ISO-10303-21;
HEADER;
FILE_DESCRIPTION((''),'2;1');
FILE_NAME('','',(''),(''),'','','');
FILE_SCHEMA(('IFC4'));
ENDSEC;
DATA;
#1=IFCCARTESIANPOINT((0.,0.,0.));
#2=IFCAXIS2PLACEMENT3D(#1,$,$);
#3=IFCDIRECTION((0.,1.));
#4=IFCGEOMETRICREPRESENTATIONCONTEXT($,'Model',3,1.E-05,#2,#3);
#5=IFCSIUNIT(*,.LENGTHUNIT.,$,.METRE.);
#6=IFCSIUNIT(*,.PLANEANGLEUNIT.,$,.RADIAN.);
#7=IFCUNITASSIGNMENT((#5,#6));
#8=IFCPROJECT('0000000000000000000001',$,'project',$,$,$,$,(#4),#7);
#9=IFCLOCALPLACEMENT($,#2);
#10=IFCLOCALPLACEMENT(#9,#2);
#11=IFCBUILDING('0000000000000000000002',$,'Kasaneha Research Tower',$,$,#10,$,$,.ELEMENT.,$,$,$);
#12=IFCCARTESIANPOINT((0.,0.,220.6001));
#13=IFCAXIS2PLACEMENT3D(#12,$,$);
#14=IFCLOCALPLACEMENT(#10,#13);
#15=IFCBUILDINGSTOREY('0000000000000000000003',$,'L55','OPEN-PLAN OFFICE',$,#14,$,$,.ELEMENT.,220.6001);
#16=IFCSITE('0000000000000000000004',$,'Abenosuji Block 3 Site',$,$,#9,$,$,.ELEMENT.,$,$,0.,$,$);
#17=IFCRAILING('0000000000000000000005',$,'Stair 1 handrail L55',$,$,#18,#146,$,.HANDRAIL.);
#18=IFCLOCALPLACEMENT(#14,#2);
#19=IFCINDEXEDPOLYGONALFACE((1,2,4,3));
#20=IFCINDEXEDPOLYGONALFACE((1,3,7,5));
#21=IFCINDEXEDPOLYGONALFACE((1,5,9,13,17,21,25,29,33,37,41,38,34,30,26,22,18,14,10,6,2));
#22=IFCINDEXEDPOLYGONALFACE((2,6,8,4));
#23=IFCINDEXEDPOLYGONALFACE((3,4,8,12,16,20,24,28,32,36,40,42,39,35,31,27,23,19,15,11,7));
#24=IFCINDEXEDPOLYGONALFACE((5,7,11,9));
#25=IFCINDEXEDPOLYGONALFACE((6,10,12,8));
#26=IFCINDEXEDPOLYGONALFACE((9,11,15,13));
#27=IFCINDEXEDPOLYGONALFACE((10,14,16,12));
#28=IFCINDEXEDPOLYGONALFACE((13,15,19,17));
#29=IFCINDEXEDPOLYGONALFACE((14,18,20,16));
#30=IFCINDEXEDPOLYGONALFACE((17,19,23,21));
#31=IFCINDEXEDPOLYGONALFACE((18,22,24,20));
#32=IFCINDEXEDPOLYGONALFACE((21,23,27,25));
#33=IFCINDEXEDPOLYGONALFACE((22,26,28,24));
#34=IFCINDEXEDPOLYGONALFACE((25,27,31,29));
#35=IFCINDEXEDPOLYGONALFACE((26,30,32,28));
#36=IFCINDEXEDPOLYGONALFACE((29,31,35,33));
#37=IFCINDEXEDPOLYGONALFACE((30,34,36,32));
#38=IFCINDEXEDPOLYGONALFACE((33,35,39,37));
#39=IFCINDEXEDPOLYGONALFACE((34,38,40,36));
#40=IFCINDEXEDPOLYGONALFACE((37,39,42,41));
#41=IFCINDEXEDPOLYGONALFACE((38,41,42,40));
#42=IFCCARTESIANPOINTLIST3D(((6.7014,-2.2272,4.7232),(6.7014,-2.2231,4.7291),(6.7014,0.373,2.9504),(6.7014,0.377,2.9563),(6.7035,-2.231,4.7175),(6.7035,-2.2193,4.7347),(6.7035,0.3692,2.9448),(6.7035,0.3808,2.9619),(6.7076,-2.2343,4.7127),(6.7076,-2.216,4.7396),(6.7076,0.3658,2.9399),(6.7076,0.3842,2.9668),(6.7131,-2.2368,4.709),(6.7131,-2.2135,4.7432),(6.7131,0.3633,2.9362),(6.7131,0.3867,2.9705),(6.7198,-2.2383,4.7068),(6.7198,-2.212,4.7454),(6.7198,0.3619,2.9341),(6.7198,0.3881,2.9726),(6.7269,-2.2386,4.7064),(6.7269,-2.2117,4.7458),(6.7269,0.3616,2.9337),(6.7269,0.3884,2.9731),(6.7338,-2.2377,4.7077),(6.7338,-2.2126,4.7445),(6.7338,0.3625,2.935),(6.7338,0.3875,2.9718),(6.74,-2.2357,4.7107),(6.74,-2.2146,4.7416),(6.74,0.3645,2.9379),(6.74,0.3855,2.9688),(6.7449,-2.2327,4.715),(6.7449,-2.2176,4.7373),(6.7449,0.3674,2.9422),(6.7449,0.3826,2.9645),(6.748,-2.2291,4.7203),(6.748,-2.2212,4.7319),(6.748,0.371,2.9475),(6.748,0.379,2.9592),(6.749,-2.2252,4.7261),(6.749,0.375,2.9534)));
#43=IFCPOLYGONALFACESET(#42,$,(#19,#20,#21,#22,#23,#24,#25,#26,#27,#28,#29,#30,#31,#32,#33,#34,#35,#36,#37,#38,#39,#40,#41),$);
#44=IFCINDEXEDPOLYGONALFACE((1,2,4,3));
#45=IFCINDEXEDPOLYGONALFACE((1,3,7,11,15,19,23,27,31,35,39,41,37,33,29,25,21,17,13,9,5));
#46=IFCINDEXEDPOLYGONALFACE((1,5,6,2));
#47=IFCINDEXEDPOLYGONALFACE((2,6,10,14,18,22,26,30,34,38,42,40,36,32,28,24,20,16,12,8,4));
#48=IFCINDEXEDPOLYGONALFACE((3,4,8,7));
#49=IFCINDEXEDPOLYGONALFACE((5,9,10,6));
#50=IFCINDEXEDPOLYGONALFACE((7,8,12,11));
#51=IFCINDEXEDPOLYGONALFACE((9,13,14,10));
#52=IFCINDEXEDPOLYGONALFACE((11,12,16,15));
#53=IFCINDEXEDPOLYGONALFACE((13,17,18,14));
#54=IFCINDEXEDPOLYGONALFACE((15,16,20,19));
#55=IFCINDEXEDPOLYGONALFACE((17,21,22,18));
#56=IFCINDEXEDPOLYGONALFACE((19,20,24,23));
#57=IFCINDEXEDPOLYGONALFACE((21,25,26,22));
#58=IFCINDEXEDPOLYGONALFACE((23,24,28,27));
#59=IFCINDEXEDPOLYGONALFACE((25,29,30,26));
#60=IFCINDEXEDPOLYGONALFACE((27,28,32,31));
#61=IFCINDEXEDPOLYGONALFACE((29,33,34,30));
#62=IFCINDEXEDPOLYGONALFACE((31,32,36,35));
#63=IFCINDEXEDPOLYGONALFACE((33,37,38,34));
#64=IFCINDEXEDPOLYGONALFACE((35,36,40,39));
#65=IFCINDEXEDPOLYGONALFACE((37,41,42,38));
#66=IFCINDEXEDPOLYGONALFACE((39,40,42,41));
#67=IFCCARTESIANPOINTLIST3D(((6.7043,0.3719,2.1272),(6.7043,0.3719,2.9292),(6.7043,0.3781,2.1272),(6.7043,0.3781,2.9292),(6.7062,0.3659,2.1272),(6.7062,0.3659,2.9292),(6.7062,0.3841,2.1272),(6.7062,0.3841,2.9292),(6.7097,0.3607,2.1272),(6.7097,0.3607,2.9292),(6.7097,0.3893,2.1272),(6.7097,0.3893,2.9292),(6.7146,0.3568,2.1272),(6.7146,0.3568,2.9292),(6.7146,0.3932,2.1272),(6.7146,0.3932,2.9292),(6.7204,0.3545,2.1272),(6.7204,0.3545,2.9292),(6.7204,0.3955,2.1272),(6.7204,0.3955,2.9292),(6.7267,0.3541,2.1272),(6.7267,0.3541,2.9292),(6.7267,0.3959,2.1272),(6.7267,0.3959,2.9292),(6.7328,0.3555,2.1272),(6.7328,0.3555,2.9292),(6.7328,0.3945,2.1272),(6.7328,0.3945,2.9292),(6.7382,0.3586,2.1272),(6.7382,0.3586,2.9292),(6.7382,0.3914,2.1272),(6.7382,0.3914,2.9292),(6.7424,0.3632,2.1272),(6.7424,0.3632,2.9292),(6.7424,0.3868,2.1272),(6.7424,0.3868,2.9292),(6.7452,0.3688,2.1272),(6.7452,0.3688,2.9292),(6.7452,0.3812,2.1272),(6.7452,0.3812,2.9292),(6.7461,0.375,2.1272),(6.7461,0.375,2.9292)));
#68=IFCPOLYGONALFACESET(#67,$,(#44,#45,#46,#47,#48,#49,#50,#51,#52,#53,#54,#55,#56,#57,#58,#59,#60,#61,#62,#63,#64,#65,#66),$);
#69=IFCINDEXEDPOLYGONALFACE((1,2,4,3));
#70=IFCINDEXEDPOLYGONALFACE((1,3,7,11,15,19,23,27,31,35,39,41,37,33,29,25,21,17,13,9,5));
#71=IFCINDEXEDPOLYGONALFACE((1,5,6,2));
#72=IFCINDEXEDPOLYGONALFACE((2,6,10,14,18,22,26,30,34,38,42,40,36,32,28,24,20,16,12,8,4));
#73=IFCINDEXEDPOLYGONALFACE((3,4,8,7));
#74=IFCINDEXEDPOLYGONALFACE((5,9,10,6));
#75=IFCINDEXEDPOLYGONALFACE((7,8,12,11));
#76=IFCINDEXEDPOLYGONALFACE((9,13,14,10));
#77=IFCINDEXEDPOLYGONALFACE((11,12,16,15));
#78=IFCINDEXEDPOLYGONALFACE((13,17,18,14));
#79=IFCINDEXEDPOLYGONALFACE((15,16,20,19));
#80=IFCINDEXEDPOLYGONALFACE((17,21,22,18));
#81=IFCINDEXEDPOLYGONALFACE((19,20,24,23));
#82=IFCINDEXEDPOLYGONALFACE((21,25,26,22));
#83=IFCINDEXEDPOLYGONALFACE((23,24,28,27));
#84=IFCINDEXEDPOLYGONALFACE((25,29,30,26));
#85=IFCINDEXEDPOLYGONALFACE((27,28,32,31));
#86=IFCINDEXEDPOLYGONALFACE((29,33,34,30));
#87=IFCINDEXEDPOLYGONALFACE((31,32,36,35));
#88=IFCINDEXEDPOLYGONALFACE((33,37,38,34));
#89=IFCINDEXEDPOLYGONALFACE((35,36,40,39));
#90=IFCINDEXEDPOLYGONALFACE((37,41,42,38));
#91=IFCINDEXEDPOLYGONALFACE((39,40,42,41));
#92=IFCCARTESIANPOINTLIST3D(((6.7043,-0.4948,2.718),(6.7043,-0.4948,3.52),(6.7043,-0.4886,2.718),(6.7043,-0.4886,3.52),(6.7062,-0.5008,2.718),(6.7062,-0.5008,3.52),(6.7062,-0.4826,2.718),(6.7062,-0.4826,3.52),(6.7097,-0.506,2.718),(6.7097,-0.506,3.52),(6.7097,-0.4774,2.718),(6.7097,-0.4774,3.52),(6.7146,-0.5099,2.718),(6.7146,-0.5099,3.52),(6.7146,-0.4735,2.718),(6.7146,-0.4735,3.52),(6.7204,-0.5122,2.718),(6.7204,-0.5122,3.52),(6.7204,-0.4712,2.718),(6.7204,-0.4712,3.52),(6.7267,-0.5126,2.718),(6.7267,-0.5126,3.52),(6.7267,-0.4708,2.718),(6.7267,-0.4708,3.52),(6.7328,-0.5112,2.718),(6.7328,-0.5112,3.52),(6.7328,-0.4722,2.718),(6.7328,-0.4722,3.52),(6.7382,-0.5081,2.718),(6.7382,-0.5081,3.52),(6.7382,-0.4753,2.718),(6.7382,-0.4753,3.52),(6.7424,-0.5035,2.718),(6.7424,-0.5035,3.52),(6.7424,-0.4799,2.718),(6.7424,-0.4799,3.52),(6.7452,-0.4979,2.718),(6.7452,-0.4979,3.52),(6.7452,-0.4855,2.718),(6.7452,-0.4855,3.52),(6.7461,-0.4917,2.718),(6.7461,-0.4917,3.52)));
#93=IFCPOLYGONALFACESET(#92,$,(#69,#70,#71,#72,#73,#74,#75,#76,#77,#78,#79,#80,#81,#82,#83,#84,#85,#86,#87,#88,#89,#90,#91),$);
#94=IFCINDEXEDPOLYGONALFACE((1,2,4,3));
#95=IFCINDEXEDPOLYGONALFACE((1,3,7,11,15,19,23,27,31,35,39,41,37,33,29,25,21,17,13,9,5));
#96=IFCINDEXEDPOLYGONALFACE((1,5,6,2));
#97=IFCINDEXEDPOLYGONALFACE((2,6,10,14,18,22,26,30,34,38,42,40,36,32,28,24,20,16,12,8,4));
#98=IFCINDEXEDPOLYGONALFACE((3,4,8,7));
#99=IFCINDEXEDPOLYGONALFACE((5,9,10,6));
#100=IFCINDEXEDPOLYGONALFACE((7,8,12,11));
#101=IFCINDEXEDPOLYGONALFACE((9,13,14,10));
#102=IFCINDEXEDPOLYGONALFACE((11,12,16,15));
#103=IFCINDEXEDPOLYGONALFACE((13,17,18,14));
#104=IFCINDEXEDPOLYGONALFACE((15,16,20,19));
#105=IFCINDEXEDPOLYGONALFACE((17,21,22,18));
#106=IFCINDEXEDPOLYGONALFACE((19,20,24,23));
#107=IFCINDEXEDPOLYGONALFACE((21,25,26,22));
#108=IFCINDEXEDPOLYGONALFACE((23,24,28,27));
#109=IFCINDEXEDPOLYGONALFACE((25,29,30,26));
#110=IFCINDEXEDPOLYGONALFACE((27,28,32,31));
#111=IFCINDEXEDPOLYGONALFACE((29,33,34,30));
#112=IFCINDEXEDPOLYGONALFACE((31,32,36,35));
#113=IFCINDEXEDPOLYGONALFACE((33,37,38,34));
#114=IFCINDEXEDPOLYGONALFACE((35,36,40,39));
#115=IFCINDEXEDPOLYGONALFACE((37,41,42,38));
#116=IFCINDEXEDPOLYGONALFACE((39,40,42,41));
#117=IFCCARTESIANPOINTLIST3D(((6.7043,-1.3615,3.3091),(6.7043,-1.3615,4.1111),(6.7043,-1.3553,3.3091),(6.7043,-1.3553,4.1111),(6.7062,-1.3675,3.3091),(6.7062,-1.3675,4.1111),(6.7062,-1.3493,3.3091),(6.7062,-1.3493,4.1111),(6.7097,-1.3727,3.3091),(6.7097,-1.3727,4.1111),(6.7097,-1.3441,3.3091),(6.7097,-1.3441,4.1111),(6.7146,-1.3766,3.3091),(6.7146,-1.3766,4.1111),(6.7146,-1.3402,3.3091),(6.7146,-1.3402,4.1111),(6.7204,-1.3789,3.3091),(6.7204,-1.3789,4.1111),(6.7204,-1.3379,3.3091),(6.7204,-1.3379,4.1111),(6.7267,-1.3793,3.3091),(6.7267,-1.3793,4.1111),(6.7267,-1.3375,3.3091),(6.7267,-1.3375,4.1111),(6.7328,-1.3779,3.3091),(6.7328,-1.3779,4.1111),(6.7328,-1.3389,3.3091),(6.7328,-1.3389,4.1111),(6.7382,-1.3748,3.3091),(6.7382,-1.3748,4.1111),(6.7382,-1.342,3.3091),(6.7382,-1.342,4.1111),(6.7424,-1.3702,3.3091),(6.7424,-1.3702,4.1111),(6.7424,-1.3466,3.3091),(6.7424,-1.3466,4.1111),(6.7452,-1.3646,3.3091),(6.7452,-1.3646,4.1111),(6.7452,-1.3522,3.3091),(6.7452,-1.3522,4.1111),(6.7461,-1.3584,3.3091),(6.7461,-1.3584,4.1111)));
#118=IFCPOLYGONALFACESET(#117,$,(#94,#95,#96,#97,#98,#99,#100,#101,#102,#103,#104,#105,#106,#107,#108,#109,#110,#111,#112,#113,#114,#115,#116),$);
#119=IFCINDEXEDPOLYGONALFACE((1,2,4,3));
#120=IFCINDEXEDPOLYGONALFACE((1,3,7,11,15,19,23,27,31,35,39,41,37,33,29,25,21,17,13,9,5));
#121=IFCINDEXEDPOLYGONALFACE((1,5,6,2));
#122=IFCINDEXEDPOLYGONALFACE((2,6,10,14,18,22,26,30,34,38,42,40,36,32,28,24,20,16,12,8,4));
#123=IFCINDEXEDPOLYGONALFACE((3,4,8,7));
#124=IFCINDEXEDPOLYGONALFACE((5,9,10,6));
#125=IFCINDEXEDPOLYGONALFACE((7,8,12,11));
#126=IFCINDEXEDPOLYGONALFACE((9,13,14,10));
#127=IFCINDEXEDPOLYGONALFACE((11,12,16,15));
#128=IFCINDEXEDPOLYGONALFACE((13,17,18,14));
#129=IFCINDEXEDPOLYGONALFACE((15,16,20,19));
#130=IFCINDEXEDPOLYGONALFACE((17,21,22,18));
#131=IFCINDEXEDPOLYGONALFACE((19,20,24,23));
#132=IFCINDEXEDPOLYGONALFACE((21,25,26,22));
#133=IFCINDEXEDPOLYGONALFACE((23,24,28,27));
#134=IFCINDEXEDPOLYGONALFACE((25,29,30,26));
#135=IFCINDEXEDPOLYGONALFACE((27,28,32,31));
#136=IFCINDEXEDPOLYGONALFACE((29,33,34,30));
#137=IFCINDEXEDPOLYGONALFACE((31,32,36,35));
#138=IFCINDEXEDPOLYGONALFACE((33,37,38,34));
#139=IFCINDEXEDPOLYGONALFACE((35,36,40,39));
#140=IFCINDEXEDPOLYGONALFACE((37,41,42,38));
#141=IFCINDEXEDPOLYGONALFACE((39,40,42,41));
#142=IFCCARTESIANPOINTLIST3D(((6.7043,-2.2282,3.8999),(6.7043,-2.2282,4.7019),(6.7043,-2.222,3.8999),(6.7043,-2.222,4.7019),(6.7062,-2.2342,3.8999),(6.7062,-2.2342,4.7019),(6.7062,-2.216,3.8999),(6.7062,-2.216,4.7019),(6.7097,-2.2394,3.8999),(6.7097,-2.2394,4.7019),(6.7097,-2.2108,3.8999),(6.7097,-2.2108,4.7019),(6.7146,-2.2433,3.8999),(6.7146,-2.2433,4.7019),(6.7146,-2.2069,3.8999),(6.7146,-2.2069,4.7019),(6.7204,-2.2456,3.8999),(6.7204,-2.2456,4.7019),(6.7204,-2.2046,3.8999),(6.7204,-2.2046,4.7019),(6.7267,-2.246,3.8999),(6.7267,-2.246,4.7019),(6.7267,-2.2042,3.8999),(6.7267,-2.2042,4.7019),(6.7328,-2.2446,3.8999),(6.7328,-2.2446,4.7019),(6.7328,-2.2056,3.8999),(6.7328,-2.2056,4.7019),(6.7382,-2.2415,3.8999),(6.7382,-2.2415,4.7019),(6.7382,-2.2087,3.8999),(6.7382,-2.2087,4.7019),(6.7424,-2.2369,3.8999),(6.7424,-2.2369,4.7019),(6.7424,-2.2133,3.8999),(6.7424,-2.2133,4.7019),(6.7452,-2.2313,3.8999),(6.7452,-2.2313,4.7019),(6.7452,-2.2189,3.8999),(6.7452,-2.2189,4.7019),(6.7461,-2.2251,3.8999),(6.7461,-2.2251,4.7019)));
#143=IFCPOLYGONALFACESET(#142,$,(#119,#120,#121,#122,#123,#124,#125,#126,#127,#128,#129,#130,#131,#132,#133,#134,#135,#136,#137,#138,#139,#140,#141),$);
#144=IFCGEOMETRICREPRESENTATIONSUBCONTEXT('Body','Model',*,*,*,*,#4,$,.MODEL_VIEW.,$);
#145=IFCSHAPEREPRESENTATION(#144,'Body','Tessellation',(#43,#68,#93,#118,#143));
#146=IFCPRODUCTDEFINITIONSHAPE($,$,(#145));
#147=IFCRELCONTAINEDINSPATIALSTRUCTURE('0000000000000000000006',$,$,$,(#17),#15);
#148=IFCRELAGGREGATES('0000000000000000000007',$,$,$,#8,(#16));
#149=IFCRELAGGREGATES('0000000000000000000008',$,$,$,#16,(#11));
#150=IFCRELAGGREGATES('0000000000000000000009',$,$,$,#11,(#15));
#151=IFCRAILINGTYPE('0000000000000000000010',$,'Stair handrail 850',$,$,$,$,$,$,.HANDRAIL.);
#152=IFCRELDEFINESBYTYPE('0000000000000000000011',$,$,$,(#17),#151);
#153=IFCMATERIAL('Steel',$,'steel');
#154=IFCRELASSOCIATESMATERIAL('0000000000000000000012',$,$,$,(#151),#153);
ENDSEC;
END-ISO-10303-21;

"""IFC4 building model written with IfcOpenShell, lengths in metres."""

from ifc_helpers import new_model, si_unit, direction, frame, origin, origin_2d, place, context, subcontext, project, spatial, circle, extrude, material, type_object, element, save


model = new_model("IFC4")

# Units and contexts
model_context = context("Model", 3, precision=1e-05, world=origin(), true_north=direction((0.0, 1.0)))
body_context = subcontext(model_context, "Body", "Model", "MODEL_VIEW")
ifc_project = project(units=[si_unit("LENGTHUNIT", "METRE"), si_unit("PLANEANGLEUNIT", "RADIAN")], contexts=[model_context])

# Site, building, storey
site_placement = place(None, origin())
site = spatial("IfcSite", under=ifc_project, at=site_placement, Name="Abenosuji Block 3 Site", CompositionType="ELEMENT", RefElevation=0.0)
building_placement = place(site_placement, origin())
building = spatial("IfcBuilding", under=site, at=building_placement, Name="Kasaneha Research Tower", CompositionType="ELEMENT")
storey_placement = place(building_placement, frame((0.0, 0.0, 220.6001)))
storey = spatial("IfcBuildingStorey", under=building, at=storey_placement, Name="L55", Description="OPEN-PLAN OFFICE", CompositionType="ELEMENT", Elevation=220.6001)

# Railing
ifc_material_1 = material(Name="Steel", Category="steel")
railing_type_1 = type_object("IfcRailingType", Name="Stair handrail 850", PredefinedType="HANDRAIL", material=ifc_material_1)
railing_1_placement = place(storey_placement, frame((6.7251, 0.375, 2.1272)))
element("IfcRailing", 1, at=railing_1_placement, inside=storey, type_object=railing_type_1, Name="Stair 1 handrail L55", PredefinedType="HANDRAIL", context=body_context, shape_type="SweptSolid", body=[
    extrude(circle(Radius=0.0239, at=origin_2d()), frame((0.0, 0.0, 0.8262), z_axis=(0.0, -0.82624, 0.563318), x_axis=(1.0, 0.0, 0.0)), (0.0, 0.0, 1.0), 3.147),
    extrude(circle(Radius=0.021, at=origin_2d()), origin(), (0.0, 0.0, 1.0), 0.802),
    extrude(circle(Radius=0.021, at=origin_2d()), frame((0.0, -0.8667, 0.5908)), (0.0, 0.0, 1.0), 0.802),
    extrude(circle(Radius=0.021, at=origin_2d()), frame((0.0, -1.7334, 1.1819)), (0.0, 0.0, 1.0), 0.802),
    extrude(circle(Radius=0.021, at=origin_2d()), frame((0.0, -2.6001, 1.7727)), (0.0, 0.0, 1.0), 0.802),
])

save(model, "model.ifc")
